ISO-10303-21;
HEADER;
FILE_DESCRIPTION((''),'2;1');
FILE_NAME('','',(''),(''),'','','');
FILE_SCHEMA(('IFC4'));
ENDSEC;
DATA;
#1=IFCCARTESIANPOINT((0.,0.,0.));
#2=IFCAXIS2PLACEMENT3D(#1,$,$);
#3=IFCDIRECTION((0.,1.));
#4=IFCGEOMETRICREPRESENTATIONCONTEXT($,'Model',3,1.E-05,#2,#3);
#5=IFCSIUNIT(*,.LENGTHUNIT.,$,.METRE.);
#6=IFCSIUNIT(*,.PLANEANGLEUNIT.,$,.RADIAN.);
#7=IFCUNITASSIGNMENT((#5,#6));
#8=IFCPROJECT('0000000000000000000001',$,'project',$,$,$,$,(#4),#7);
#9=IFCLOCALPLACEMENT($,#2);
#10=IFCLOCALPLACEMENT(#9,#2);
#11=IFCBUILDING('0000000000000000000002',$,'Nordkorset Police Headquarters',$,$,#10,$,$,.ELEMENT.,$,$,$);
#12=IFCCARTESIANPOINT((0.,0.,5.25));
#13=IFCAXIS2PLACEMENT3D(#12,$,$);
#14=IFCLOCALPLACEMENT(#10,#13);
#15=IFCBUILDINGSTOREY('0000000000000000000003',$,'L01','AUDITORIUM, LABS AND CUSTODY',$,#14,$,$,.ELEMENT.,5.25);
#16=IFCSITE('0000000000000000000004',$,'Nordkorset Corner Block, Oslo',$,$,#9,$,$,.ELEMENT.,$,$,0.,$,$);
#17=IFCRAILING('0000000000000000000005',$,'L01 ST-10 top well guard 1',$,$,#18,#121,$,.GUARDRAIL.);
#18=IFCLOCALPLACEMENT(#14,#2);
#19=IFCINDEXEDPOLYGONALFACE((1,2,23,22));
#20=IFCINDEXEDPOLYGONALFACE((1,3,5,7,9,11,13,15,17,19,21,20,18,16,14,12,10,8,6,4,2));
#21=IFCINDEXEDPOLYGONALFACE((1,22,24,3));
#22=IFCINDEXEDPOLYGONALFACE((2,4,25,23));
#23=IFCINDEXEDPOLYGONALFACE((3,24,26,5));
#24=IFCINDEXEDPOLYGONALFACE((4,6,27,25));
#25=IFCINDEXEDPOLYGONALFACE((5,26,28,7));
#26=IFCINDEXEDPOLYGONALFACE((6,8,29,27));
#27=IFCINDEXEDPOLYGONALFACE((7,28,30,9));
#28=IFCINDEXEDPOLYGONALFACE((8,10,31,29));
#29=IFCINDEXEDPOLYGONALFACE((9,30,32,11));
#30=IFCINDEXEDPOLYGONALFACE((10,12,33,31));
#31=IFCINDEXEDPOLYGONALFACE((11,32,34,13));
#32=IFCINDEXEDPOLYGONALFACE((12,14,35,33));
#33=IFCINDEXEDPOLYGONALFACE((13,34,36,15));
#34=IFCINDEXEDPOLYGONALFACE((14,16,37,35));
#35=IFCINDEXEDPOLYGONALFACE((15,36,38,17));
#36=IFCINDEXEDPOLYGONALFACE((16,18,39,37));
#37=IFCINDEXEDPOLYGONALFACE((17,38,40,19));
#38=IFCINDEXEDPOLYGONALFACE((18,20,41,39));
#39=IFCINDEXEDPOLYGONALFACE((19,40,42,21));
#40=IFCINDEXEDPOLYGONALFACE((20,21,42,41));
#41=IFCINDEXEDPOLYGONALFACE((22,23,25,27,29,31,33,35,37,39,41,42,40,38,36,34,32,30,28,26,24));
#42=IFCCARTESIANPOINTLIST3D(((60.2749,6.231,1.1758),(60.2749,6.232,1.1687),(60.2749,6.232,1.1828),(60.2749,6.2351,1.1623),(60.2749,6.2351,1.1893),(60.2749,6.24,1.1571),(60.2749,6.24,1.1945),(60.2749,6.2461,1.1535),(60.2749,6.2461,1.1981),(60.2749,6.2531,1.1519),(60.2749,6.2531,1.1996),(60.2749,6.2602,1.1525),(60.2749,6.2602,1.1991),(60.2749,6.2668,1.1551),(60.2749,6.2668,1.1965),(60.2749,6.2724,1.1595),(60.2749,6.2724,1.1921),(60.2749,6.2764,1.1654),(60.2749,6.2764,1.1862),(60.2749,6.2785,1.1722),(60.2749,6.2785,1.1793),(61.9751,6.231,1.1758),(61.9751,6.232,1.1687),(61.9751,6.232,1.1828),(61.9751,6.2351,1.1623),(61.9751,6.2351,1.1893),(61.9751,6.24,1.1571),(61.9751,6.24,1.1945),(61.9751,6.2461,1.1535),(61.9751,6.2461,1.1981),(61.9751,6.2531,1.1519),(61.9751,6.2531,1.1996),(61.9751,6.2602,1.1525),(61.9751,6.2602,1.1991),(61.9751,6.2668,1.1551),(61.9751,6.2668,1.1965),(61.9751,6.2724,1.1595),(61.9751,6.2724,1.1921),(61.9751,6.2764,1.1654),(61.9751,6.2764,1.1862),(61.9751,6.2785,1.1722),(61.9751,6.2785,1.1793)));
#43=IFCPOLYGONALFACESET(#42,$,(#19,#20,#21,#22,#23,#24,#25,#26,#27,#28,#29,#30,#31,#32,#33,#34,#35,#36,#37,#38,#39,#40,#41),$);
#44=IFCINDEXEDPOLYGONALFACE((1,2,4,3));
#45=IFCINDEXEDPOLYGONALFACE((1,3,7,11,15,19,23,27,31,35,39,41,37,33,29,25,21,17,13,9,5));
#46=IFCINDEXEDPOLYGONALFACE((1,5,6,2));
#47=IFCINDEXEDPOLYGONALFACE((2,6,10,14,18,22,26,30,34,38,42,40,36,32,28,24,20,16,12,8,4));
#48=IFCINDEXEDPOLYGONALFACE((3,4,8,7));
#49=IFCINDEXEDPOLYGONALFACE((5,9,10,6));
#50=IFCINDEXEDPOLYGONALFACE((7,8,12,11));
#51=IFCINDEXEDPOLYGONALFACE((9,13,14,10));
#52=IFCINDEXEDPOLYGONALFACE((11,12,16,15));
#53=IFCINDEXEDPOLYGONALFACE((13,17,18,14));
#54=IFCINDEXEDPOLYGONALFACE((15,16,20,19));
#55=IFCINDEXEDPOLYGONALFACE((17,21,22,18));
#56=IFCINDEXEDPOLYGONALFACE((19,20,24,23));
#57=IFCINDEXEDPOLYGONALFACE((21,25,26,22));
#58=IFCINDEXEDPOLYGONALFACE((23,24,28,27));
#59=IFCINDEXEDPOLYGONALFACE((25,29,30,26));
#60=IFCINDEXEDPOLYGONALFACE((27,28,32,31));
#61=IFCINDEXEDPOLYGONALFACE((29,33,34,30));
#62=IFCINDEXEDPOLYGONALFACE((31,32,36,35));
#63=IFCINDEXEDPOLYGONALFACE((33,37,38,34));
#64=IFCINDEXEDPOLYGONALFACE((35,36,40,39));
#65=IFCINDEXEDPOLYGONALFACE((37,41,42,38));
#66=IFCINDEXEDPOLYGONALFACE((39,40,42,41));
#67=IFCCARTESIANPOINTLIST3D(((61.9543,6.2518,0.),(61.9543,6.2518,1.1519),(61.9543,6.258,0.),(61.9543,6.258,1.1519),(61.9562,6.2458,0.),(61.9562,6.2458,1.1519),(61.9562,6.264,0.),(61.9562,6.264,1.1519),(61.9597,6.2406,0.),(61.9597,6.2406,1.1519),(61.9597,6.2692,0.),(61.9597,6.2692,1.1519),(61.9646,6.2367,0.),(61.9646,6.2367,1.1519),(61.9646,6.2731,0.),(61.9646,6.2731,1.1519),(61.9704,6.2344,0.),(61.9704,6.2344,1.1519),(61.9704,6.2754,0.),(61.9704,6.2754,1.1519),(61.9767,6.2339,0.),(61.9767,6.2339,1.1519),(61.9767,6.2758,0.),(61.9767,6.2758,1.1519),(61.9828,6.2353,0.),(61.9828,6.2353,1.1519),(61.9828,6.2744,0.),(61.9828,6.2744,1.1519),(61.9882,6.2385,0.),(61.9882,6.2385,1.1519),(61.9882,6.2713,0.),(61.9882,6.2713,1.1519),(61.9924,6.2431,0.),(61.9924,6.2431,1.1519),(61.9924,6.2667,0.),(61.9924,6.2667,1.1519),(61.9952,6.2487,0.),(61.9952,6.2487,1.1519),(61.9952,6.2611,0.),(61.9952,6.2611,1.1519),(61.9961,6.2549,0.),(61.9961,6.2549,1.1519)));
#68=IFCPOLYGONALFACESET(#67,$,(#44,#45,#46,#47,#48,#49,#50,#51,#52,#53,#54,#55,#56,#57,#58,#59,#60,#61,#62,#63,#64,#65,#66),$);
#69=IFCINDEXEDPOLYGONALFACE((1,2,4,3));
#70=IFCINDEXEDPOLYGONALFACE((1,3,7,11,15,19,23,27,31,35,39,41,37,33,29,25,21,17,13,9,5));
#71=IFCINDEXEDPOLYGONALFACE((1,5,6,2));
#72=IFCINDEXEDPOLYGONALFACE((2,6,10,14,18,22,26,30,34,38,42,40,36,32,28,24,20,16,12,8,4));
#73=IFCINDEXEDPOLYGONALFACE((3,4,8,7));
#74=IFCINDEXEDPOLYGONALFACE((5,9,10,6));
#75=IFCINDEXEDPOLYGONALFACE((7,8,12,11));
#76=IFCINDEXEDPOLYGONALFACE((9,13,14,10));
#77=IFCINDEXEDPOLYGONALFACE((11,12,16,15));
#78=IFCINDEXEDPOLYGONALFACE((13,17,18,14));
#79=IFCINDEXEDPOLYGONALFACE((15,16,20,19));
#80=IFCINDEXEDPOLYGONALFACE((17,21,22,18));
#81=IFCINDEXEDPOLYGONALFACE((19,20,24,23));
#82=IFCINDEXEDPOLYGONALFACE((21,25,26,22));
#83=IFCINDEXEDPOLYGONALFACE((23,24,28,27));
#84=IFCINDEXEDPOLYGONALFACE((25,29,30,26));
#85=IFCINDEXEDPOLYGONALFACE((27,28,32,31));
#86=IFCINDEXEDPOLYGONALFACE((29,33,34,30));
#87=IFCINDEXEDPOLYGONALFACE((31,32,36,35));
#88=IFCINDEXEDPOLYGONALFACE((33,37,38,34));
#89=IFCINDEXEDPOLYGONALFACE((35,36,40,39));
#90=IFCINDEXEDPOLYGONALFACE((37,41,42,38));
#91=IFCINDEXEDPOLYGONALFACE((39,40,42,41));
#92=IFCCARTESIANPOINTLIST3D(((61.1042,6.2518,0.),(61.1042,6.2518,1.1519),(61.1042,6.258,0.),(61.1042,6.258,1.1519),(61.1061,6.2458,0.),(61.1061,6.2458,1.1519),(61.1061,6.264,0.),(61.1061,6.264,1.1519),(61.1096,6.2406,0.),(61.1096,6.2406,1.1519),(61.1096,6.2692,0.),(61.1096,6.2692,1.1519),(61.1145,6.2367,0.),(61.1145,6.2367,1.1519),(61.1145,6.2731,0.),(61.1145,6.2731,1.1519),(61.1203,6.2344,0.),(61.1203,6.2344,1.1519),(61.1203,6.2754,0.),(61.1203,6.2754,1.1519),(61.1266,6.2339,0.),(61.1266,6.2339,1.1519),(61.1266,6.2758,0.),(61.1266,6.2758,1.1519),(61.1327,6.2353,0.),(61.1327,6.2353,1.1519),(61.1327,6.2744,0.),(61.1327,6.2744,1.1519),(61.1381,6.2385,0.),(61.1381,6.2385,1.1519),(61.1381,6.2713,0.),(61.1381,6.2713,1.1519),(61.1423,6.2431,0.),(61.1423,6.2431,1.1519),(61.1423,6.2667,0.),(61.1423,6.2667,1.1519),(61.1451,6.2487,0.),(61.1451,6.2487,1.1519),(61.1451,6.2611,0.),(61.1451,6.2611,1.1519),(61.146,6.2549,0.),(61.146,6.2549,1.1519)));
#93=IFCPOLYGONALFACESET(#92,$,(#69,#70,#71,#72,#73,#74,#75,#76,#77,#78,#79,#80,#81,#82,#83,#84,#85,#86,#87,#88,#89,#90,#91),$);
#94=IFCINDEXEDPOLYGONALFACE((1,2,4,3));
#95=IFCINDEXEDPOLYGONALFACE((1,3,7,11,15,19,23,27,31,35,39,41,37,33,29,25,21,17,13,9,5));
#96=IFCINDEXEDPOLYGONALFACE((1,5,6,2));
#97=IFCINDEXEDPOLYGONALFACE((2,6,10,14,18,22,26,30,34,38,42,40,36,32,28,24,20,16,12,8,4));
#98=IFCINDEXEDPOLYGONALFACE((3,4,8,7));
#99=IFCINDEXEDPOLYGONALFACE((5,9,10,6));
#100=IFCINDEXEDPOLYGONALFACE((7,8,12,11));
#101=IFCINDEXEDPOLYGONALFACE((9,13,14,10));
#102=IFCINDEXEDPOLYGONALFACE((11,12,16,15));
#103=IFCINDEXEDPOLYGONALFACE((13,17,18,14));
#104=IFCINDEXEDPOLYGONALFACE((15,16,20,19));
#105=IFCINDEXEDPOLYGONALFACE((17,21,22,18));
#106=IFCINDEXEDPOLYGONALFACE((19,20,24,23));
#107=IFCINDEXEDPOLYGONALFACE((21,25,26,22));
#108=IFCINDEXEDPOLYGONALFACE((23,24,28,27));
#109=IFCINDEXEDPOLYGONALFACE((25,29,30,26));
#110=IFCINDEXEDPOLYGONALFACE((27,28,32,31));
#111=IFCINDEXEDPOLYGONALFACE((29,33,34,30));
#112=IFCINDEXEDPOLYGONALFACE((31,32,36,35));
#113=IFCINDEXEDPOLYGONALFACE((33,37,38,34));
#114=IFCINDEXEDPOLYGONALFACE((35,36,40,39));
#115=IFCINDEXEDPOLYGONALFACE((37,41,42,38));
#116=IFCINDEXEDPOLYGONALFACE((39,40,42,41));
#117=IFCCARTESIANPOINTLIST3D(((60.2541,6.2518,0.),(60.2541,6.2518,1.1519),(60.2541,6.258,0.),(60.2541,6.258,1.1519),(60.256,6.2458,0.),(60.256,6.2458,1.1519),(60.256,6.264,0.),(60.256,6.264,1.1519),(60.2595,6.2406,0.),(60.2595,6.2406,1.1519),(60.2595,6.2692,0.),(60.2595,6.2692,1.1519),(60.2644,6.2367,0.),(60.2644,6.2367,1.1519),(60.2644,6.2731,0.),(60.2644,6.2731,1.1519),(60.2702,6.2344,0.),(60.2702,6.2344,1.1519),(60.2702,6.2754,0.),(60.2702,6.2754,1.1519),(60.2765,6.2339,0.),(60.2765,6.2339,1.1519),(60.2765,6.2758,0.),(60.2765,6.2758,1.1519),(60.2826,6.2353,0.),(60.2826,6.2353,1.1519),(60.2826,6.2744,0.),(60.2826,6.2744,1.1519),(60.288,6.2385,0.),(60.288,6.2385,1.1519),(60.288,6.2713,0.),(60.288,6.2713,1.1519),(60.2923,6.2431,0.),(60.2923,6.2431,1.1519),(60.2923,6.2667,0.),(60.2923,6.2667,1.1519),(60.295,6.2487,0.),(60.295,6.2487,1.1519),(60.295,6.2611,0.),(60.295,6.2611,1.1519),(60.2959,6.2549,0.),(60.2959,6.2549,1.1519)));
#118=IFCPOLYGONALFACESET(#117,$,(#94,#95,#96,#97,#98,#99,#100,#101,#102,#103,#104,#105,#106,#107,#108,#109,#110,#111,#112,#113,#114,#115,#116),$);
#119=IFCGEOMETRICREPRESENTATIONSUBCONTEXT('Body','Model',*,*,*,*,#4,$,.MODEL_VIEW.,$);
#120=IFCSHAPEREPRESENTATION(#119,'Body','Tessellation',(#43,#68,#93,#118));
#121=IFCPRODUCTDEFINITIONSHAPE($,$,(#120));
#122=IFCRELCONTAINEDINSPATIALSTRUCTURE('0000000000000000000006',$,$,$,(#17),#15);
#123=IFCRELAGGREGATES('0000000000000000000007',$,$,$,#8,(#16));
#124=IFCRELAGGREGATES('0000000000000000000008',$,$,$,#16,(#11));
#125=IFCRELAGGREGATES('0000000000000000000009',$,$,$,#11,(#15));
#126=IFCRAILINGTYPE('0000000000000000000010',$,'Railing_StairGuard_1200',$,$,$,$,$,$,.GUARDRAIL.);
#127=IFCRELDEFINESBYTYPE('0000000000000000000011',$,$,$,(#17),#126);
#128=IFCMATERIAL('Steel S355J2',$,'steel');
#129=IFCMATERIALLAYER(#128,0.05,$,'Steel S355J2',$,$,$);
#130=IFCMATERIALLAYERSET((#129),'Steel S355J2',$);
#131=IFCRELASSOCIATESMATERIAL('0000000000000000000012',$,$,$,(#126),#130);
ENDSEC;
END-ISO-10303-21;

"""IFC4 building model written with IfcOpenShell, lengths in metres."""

from ifc_helpers import new_model, si_unit, direction, frame, origin, origin_2d, place, context, subcontext, project, spatial, circle, extrude, material, layer, layer_set, type_object, element, save


model = new_model("IFC4")

# Units and contexts
model_context = context("Model", 3, precision=1e-05, world=origin(), true_north=direction((0.0, 1.0)))
body_context = subcontext(model_context, "Body", "Model", "MODEL_VIEW")
ifc_project = project(units=[si_unit("LENGTHUNIT", "METRE"), si_unit("PLANEANGLEUNIT", "RADIAN")], contexts=[model_context])

# Site, building, storey
site_placement = place(None, origin())
site = spatial("IfcSite", under=ifc_project, at=site_placement, Name="Nordkorset Corner Block, Oslo", CompositionType="ELEMENT", RefElevation=0.0)
building_placement = place(site_placement, origin())
building = spatial("IfcBuilding", under=site, at=building_placement, Name="Nordkorset Police Headquarters", CompositionType="ELEMENT")
storey_placement = place(building_placement, frame((0.0, 0.0, 5.25)))
storey = spatial("IfcBuildingStorey", under=building, at=storey_placement, Name="L01", Description="AUDITORIUM, LABS AND CUSTODY", CompositionType="ELEMENT", Elevation=5.25)

# Railing
ifc_material_1 = material(Name="Steel S355J2", Category="steel")
ifc_layer_1 = layer(ifc_material_1, 0.05, Name="Steel S355J2")
ifc_layer_set_1 = layer_set([ifc_layer_1], Name="Steel S355J2")
railing_type = type_object("IfcRailingType", Name="Railing_StairGuard_1200", PredefinedType="GUARDRAIL", material=ifc_layer_set_1)
railing_placement = place(storey_placement, frame((61.9751, 6.2549, 0.0)))
element("IfcRailing", 1, at=railing_placement, inside=storey, type_object=railing_type, Name="L01 ST-10 top well guard 1", PredefinedType="GUARDRAIL", context=body_context, shape_type="SweptSolid", body=[
    extrude(circle(Radius=0.0239, at=origin_2d()), frame((0.0, 0.0, 1.1758), z_axis=(-1.0, 0.0, 0.0), x_axis=(0.0, -1.0, 0.0)), (0.0, 0.0, 1.0), 1.7002),
    extrude(circle(Radius=0.021, at=origin_2d()), origin(), (0.0, 0.0, 1.0), 1.1519),
    extrude(circle(Radius=0.021, at=origin_2d()), frame((-0.8501, 0.0, 0.0)), (0.0, 0.0, 1.0), 1.1519),
    extrude(circle(Radius=0.021, at=origin_2d()), frame((-1.7002, 0.0, 0.0)), (0.0, 0.0, 1.0), 1.1519),
])

save(model, "model.ifc")
